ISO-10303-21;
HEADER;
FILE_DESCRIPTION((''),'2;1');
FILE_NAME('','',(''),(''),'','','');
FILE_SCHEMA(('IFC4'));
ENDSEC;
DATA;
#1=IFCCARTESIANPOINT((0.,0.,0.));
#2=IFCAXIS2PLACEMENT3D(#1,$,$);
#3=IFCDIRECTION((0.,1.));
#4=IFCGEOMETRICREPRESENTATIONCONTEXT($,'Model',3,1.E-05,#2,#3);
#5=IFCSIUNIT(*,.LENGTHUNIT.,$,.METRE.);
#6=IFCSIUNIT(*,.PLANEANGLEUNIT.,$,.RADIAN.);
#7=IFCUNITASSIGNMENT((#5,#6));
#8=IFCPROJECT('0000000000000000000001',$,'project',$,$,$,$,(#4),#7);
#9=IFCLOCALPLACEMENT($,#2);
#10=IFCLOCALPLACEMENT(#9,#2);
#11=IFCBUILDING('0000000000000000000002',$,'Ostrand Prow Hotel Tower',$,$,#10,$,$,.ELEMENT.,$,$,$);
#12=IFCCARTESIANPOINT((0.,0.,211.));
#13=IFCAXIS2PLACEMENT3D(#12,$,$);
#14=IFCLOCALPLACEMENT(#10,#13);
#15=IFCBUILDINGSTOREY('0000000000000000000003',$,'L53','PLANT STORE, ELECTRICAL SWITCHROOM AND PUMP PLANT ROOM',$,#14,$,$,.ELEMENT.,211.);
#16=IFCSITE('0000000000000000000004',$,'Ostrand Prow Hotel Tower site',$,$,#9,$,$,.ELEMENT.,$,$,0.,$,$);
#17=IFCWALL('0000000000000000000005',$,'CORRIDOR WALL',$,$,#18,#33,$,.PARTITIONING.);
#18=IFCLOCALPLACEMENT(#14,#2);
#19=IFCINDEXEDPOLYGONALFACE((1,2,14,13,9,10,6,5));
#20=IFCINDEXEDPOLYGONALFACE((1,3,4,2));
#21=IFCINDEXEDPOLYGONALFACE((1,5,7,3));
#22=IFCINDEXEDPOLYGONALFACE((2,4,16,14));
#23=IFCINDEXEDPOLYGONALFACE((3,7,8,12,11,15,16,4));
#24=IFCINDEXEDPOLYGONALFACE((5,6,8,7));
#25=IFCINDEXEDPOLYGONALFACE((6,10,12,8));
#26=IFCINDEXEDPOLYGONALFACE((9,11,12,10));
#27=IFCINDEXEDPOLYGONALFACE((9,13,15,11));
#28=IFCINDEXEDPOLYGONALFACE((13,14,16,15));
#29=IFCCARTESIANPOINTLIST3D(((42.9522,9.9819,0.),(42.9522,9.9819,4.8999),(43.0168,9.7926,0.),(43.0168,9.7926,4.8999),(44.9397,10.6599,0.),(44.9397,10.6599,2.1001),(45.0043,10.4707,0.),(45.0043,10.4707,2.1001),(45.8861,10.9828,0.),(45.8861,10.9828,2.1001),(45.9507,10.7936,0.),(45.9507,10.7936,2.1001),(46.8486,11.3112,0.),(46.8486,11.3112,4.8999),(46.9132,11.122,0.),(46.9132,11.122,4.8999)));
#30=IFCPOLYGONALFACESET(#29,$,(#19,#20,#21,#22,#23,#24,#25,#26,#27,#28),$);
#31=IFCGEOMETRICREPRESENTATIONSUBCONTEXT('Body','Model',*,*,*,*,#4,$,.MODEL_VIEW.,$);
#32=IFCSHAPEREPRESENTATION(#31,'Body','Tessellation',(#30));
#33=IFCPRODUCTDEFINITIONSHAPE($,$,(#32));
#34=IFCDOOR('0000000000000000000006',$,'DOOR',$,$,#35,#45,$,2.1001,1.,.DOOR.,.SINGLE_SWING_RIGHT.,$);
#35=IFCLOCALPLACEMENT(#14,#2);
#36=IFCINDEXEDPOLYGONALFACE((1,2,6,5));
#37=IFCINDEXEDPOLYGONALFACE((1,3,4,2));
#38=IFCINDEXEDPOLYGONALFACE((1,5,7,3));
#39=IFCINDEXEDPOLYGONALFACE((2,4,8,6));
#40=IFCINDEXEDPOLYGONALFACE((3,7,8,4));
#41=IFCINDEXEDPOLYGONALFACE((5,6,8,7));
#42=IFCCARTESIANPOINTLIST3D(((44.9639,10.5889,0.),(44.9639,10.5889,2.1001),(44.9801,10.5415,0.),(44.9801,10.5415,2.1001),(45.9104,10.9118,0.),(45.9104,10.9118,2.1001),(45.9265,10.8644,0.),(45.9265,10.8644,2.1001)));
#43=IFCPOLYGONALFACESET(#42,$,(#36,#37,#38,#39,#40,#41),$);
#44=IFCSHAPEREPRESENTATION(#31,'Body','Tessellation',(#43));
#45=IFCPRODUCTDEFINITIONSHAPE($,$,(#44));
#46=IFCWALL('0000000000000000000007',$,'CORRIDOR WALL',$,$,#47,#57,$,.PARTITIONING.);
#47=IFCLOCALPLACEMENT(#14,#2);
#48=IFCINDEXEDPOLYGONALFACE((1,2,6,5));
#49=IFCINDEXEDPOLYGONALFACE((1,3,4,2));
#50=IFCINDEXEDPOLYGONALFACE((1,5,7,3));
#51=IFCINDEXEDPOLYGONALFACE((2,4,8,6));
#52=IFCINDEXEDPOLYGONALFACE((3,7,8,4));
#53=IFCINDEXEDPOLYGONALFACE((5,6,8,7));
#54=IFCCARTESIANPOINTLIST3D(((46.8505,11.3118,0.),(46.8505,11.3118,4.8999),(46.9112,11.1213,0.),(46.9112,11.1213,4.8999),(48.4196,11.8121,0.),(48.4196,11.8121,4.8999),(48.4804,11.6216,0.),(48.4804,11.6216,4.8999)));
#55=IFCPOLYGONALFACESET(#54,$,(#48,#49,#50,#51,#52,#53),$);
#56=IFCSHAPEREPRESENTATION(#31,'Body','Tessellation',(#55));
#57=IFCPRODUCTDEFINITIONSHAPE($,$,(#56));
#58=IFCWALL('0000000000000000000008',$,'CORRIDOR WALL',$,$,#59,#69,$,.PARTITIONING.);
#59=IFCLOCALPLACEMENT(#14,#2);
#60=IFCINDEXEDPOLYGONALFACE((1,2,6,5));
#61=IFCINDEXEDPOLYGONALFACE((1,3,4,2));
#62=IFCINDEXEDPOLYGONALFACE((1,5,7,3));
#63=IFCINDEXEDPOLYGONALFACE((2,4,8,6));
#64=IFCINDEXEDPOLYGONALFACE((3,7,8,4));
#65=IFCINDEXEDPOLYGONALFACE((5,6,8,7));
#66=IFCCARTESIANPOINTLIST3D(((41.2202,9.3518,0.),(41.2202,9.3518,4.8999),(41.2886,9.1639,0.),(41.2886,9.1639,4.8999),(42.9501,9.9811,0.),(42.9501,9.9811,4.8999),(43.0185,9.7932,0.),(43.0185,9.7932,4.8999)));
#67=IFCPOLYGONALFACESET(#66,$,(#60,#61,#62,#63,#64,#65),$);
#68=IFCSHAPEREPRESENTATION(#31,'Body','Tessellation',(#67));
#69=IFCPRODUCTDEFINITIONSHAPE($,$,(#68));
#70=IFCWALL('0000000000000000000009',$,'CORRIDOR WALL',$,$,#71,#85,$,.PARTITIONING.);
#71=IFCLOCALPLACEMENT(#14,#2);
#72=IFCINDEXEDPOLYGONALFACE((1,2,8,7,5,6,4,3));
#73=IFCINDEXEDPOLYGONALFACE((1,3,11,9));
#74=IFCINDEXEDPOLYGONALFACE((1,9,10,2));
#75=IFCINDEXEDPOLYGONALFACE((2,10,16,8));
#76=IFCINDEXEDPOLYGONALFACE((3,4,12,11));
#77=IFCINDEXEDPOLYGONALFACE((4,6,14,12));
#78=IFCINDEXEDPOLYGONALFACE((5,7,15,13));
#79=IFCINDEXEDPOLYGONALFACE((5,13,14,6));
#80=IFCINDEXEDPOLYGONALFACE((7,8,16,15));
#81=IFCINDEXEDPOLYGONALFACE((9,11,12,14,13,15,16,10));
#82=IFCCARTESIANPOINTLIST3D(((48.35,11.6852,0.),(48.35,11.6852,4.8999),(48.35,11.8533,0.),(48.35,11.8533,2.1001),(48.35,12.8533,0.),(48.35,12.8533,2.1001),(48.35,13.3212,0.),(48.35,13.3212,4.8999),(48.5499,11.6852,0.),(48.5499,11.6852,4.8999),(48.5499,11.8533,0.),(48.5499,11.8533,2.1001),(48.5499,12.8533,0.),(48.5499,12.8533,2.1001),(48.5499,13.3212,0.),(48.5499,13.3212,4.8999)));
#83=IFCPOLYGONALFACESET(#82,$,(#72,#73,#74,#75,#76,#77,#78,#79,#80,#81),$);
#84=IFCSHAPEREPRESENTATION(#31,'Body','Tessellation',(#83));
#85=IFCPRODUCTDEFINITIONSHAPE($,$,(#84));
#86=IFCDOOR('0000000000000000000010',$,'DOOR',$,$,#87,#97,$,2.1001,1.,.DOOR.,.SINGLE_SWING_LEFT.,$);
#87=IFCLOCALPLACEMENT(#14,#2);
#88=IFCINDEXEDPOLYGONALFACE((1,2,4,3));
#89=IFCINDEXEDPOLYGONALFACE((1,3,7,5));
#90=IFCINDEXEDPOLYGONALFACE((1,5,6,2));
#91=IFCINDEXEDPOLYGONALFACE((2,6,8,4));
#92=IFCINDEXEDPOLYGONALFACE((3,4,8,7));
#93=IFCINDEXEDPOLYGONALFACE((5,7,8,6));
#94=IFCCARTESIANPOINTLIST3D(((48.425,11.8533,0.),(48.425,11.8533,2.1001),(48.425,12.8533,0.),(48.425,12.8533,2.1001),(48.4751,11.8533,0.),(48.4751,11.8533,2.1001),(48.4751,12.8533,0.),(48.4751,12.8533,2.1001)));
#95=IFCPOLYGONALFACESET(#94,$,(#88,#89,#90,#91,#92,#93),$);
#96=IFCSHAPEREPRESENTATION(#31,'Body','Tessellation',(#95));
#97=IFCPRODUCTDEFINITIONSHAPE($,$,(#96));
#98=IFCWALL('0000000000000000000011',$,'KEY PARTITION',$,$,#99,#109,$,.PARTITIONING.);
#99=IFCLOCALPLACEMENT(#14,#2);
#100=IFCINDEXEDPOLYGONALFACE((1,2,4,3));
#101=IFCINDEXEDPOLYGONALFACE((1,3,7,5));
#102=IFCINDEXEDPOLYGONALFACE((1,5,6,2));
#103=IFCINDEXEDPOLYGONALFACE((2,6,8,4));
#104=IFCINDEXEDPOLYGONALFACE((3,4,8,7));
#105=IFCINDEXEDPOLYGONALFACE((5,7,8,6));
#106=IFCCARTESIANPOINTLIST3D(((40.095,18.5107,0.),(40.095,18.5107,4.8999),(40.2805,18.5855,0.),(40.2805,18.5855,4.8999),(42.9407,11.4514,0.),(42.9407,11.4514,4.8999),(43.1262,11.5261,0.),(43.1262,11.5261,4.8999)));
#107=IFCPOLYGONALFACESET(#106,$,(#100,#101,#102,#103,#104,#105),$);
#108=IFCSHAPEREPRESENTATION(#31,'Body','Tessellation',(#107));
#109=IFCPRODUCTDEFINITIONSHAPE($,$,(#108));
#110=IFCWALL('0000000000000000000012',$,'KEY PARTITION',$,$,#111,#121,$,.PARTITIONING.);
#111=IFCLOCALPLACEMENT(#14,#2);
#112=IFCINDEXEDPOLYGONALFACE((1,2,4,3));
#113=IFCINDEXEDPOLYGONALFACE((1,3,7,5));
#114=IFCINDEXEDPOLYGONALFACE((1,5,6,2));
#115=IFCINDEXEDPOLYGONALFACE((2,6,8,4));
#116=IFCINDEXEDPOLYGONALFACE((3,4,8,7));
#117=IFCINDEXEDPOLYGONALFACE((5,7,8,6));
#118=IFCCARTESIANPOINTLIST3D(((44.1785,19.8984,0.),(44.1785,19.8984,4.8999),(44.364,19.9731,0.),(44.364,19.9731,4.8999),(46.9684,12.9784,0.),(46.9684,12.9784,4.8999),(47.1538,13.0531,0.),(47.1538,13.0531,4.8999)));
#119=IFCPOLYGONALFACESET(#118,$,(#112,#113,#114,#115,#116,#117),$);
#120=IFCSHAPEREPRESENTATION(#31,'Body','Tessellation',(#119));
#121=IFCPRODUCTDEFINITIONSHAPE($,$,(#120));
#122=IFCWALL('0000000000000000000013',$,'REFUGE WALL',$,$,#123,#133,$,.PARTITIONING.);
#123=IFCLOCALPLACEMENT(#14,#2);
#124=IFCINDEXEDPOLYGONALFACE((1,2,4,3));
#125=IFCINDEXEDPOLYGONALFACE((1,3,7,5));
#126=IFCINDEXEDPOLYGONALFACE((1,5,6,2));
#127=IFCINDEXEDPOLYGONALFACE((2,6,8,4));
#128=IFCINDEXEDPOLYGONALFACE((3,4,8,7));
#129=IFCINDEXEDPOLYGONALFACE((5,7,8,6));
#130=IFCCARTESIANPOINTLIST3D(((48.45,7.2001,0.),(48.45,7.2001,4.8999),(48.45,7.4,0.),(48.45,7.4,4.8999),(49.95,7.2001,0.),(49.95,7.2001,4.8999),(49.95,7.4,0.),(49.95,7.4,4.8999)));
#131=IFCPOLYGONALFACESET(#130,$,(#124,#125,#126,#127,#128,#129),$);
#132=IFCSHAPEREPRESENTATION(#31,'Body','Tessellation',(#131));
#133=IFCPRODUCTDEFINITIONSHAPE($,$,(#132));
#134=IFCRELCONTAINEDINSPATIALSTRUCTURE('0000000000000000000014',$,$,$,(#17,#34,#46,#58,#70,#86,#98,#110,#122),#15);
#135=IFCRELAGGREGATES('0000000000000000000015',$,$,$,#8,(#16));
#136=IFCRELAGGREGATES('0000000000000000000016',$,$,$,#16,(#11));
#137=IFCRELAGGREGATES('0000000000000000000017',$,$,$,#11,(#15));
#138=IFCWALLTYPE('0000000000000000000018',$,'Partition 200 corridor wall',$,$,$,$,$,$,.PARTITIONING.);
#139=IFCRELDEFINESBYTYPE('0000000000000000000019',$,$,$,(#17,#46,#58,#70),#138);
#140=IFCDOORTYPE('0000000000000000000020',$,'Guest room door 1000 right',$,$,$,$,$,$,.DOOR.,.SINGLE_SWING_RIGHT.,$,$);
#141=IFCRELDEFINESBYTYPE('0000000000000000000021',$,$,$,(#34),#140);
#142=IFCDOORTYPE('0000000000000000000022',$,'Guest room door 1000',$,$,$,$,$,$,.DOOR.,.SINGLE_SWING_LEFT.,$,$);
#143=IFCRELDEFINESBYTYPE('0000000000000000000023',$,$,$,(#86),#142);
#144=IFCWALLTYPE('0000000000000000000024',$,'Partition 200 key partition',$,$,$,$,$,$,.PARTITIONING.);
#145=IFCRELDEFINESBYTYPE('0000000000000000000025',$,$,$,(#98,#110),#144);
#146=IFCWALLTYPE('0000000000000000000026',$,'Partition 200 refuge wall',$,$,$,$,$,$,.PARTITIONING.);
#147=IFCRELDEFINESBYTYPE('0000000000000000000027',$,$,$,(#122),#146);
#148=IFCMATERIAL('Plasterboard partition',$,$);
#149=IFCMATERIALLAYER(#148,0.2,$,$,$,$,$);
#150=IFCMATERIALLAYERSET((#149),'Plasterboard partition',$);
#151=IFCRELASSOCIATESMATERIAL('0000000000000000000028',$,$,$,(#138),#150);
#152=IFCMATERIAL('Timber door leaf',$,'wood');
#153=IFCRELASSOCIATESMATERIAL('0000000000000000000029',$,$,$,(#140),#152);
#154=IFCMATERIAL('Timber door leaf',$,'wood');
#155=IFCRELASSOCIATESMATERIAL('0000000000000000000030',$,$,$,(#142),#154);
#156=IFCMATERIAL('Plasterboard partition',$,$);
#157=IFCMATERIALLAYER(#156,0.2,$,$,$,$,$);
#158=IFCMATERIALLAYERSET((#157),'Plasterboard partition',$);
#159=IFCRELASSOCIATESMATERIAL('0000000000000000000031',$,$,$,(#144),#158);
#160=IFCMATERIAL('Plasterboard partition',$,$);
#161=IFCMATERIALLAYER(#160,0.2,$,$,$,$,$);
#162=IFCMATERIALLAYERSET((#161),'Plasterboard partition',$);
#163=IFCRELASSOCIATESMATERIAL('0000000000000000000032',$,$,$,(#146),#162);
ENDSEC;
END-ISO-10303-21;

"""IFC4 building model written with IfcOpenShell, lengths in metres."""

from ifc_helpers import new_model, si_unit, direction, frame, frame_2d, origin, place, context, subcontext, project, spatial, rectangle, extrude, material, layer, layer_set, type_object, element, fill, save


model = new_model("IFC4")

# Units and contexts
model_context = context("Model", 3, precision=1e-05, world=origin(), true_north=direction((0.0, 1.0)))
body_context = subcontext(model_context, "Body", "Model", "MODEL_VIEW")
ifc_project = project(units=[si_unit("LENGTHUNIT", "METRE"), si_unit("PLANEANGLEUNIT", "RADIAN")], contexts=[model_context])

# Site, building, storey
site_placement = place(None, origin())
site = spatial("IfcSite", under=ifc_project, at=site_placement, Name="Ostrand Prow Hotel Tower site", CompositionType="ELEMENT", RefElevation=0.0)
building_placement = place(site_placement, origin())
building = spatial("IfcBuilding", under=site, at=building_placement, Name="Ostrand Prow Hotel Tower", CompositionType="ELEMENT")
storey_placement = place(building_placement, frame((0.0, 0.0, 211.0)))
storey = spatial("IfcBuildingStorey", under=building, at=storey_placement, Name="L53", Description="PLANT STORE, ELECTRICAL SWITCHROOM AND PUMP PLANT ROOM", CompositionType="ELEMENT", Elevation=211.0)

# Wall, opening, door
ifc_material_1 = material(Name="Plasterboard partition")
ifc_layer_1 = layer(ifc_material_1, 0.2)
ifc_layer_set_1 = layer_set([ifc_layer_1], Name="Plasterboard partition")
wall_type_1 = type_object("IfcWallType", Name="Partition 200 corridor wall", PredefinedType="PARTITIONING", material=ifc_layer_set_1)
ifc_material_2 = material(Name="Timber door leaf", Category="wood")
door_type_1 = type_object("IfcDoorType", Name="Guest room door 1000 right", OperationType="SINGLE_SWING_RIGHT", PredefinedType="DOOR", material=ifc_material_2)
ifc_material_3 = material(Name="Timber door leaf", Category="wood")
door_type_2 = type_object("IfcDoorType", Name="Guest room door 1000", OperationType="SINGLE_SWING_LEFT", PredefinedType="DOOR", material=ifc_material_3)
wall_1_placement = place(storey_placement, frame((42.9844, 9.8872, 0.0), z_axis=(0.0, 0.0, 1.0), x_axis=(0.946436, 0.322891, 0.0)))
wall_1 = element("IfcWall", 1, at=wall_1_placement, inside=storey, type_object=wall_type_1, Name="CORRIDOR WALL", PredefinedType="PARTITIONING", context=body_context, shape_type="SweptSolid", body=[
    extrude(rectangle(XDim=4.1169, YDim=0.2, at=frame_2d((2.0586, 0.0))), origin(), (0.0, 0.0, 1.0), 4.8999),
])
opening_1_placement = place(wall_1_placement, frame((2.1001, 0.0, 0.0)))
opening_1 = element("IfcOpeningElement", 2, at=opening_1_placement, cuts=wall_1, PredefinedType="OPENING", context=body_context, shape_type="SweptSolid", body=[
    extrude(rectangle(XDim=1.0, YDim=2.1001, at=frame_2d((0.5, 1.05))), frame((0.0, 0.1099, 0.0), z_axis=(0.0, -1.0, 0.0), x_axis=(1.0, 0.0, 0.0)), (0.0, 0.0, 1.0), 0.22),
])
door_1_placement = place(opening_1_placement, origin())
door_1 = element("IfcDoor", 3, at=door_1_placement, inside=storey, type_object=door_type_1, Name="DOOR", OperationType="SINGLE_SWING_RIGHT", OverallHeight=2.1001, OverallWidth=1.0, PredefinedType="DOOR", context=body_context, shape_type="SweptSolid", body=[
    extrude(rectangle(XDim=1.0, YDim=2.1001, at=frame_2d((0.5, 1.05))), frame((0.0, 0.0249, 0.0), z_axis=(0.0, -1.0, 0.0), x_axis=(1.0, 0.0, 0.0)), (0.0, 0.0, 1.0), 0.05),
])
fill(opening_1, door_1)

# Walls
wall_2_placement = place(storey_placement, frame((46.8809, 11.2166, 0.0), z_axis=(0.0, 0.0, 1.0), x_axis=(0.952752, 0.303748, 0.0)))
element("IfcWall", 4, at=wall_2_placement, inside=storey, type_object=wall_type_1, Name="CORRIDOR WALL", PredefinedType="PARTITIONING", context=body_context, shape_type="SweptSolid", body=[
    extrude(rectangle(XDim=1.647, YDim=0.2, at=frame_2d((0.8235, 0.0))), origin(), (0.0, 0.0, 1.0), 4.8999),
])
wall_3_placement = place(storey_placement, frame((41.2544, 9.2578, 0.0), z_axis=(0.0, 0.0, 1.0), x_axis=(0.939739, 0.341892, 0.0)))
element("IfcWall", 5, at=wall_3_placement, inside=storey, type_object=wall_type_1, Name="CORRIDOR WALL", PredefinedType="PARTITIONING", context=body_context, shape_type="SweptSolid", body=[
    extrude(rectangle(XDim=1.8408, YDim=0.2, at=frame_2d((0.9204, 0.0))), origin(), (0.0, 0.0, 1.0), 4.8999),
])

# Wall, opening, door
wall_4_placement = place(storey_placement, frame((48.45, 11.6853, 0.0), z_axis=(0.0, 0.0, 1.0), x_axis=(0.0, 1.0, 0.0)))
wall_4 = element("IfcWall", 6, at=wall_4_placement, inside=storey, type_object=wall_type_1, Name="CORRIDOR WALL", PredefinedType="PARTITIONING", context=body_context, shape_type="SweptSolid", body=[
    extrude(rectangle(XDim=1.636, YDim=0.2, at=frame_2d((0.8179, 0.0))), origin(), (0.0, 0.0, 1.0), 4.8999),
])
opening_2_placement = place(wall_4_placement, frame((0.168, 0.0, 0.0)))
opening_2 = element("IfcOpeningElement", 7, at=opening_2_placement, cuts=wall_4, PredefinedType="OPENING", context=body_context, shape_type="SweptSolid", body=[
    extrude(rectangle(XDim=1.0, YDim=2.1001, at=frame_2d((0.5, 1.05))), frame((0.0, 0.1099, 0.0), z_axis=(0.0, -1.0, 0.0), x_axis=(1.0, 0.0, 0.0)), (0.0, 0.0, 1.0), 0.22),
])
door_2_placement = place(opening_2_placement, origin())
door_2 = element("IfcDoor", 8, at=door_2_placement, inside=storey, type_object=door_type_2, Name="DOOR", OperationType="SINGLE_SWING_LEFT", OverallHeight=2.1001, OverallWidth=1.0, PredefinedType="DOOR", context=body_context, shape_type="SweptSolid", body=[
    extrude(rectangle(XDim=1.0, YDim=2.1001, at=frame_2d((0.5, 1.05))), frame((0.0, 0.0249, 0.0), z_axis=(0.0, -1.0, 0.0), x_axis=(1.0, 0.0, 0.0)), (0.0, 0.0, 1.0), 0.05),
])
fill(opening_2, door_2)

# Walls
ifc_material_4 = material(Name="Plasterboard partition")
ifc_layer_2 = layer(ifc_material_4, 0.2)
ifc_layer_set_2 = layer_set([ifc_layer_2], Name="Plasterboard partition")
wall_type_2 = type_object("IfcWallType", Name="Partition 200 key partition", PredefinedType="PARTITIONING", material=ifc_layer_set_2)
wall_5_placement = place(storey_placement, frame((43.0334, 11.4888, 0.0), z_axis=(0.0, 0.0, 1.0), x_axis=(-0.373878, 0.927478, 0.0)))
element("IfcWall", 9, at=wall_5_placement, inside=storey, type_object=wall_type_2, Name="KEY PARTITION", PredefinedType="PARTITIONING", context=body_context, shape_type="SweptSolid", body=[
    extrude(rectangle(XDim=7.6113, YDim=0.2, at=frame_2d((3.8057, 0.0))), origin(), (0.0, 0.0, 1.0), 4.8999),
])
wall_6_placement = place(storey_placement, frame((47.061, 13.0159, 0.0), z_axis=(0.0, 0.0, 1.0), x_axis=(-0.373911, 0.927465, 0.0)))
element("IfcWall", 10, at=wall_6_placement, inside=storey, type_object=wall_type_2, Name="KEY PARTITION", PredefinedType="PARTITIONING", context=body_context, shape_type="SweptSolid", body=[
    extrude(rectangle(XDim=7.4612, YDim=0.2, at=frame_2d((3.7305, 0.0))), origin(), (0.0, 0.0, 1.0), 4.8999),
])
ifc_material_5 = material(Name="Plasterboard partition")
ifc_layer_3 = layer(ifc_material_5, 0.2)
ifc_layer_set_3 = layer_set([ifc_layer_3], Name="Plasterboard partition")
wall_type_3 = type_object("IfcWallType", Name="Partition 200 refuge wall", PredefinedType="PARTITIONING", material=ifc_layer_set_3)
wall_7_placement = place(storey_placement, frame((48.45, 7.3, 0.0), z_axis=(0.0, 0.0, 1.0), x_axis=(1.0, 0.0, 0.0)))
element("IfcWall", 11, at=wall_7_placement, inside=storey, type_object=wall_type_3, Name="REFUGE WALL", PredefinedType="PARTITIONING", context=body_context, shape_type="SweptSolid", body=[
    extrude(rectangle(XDim=1.5, YDim=0.2, at=frame_2d((0.75, 0.0))), origin(), (0.0, 0.0, 1.0), 4.8999),
])

save(model, "model.ifc")
